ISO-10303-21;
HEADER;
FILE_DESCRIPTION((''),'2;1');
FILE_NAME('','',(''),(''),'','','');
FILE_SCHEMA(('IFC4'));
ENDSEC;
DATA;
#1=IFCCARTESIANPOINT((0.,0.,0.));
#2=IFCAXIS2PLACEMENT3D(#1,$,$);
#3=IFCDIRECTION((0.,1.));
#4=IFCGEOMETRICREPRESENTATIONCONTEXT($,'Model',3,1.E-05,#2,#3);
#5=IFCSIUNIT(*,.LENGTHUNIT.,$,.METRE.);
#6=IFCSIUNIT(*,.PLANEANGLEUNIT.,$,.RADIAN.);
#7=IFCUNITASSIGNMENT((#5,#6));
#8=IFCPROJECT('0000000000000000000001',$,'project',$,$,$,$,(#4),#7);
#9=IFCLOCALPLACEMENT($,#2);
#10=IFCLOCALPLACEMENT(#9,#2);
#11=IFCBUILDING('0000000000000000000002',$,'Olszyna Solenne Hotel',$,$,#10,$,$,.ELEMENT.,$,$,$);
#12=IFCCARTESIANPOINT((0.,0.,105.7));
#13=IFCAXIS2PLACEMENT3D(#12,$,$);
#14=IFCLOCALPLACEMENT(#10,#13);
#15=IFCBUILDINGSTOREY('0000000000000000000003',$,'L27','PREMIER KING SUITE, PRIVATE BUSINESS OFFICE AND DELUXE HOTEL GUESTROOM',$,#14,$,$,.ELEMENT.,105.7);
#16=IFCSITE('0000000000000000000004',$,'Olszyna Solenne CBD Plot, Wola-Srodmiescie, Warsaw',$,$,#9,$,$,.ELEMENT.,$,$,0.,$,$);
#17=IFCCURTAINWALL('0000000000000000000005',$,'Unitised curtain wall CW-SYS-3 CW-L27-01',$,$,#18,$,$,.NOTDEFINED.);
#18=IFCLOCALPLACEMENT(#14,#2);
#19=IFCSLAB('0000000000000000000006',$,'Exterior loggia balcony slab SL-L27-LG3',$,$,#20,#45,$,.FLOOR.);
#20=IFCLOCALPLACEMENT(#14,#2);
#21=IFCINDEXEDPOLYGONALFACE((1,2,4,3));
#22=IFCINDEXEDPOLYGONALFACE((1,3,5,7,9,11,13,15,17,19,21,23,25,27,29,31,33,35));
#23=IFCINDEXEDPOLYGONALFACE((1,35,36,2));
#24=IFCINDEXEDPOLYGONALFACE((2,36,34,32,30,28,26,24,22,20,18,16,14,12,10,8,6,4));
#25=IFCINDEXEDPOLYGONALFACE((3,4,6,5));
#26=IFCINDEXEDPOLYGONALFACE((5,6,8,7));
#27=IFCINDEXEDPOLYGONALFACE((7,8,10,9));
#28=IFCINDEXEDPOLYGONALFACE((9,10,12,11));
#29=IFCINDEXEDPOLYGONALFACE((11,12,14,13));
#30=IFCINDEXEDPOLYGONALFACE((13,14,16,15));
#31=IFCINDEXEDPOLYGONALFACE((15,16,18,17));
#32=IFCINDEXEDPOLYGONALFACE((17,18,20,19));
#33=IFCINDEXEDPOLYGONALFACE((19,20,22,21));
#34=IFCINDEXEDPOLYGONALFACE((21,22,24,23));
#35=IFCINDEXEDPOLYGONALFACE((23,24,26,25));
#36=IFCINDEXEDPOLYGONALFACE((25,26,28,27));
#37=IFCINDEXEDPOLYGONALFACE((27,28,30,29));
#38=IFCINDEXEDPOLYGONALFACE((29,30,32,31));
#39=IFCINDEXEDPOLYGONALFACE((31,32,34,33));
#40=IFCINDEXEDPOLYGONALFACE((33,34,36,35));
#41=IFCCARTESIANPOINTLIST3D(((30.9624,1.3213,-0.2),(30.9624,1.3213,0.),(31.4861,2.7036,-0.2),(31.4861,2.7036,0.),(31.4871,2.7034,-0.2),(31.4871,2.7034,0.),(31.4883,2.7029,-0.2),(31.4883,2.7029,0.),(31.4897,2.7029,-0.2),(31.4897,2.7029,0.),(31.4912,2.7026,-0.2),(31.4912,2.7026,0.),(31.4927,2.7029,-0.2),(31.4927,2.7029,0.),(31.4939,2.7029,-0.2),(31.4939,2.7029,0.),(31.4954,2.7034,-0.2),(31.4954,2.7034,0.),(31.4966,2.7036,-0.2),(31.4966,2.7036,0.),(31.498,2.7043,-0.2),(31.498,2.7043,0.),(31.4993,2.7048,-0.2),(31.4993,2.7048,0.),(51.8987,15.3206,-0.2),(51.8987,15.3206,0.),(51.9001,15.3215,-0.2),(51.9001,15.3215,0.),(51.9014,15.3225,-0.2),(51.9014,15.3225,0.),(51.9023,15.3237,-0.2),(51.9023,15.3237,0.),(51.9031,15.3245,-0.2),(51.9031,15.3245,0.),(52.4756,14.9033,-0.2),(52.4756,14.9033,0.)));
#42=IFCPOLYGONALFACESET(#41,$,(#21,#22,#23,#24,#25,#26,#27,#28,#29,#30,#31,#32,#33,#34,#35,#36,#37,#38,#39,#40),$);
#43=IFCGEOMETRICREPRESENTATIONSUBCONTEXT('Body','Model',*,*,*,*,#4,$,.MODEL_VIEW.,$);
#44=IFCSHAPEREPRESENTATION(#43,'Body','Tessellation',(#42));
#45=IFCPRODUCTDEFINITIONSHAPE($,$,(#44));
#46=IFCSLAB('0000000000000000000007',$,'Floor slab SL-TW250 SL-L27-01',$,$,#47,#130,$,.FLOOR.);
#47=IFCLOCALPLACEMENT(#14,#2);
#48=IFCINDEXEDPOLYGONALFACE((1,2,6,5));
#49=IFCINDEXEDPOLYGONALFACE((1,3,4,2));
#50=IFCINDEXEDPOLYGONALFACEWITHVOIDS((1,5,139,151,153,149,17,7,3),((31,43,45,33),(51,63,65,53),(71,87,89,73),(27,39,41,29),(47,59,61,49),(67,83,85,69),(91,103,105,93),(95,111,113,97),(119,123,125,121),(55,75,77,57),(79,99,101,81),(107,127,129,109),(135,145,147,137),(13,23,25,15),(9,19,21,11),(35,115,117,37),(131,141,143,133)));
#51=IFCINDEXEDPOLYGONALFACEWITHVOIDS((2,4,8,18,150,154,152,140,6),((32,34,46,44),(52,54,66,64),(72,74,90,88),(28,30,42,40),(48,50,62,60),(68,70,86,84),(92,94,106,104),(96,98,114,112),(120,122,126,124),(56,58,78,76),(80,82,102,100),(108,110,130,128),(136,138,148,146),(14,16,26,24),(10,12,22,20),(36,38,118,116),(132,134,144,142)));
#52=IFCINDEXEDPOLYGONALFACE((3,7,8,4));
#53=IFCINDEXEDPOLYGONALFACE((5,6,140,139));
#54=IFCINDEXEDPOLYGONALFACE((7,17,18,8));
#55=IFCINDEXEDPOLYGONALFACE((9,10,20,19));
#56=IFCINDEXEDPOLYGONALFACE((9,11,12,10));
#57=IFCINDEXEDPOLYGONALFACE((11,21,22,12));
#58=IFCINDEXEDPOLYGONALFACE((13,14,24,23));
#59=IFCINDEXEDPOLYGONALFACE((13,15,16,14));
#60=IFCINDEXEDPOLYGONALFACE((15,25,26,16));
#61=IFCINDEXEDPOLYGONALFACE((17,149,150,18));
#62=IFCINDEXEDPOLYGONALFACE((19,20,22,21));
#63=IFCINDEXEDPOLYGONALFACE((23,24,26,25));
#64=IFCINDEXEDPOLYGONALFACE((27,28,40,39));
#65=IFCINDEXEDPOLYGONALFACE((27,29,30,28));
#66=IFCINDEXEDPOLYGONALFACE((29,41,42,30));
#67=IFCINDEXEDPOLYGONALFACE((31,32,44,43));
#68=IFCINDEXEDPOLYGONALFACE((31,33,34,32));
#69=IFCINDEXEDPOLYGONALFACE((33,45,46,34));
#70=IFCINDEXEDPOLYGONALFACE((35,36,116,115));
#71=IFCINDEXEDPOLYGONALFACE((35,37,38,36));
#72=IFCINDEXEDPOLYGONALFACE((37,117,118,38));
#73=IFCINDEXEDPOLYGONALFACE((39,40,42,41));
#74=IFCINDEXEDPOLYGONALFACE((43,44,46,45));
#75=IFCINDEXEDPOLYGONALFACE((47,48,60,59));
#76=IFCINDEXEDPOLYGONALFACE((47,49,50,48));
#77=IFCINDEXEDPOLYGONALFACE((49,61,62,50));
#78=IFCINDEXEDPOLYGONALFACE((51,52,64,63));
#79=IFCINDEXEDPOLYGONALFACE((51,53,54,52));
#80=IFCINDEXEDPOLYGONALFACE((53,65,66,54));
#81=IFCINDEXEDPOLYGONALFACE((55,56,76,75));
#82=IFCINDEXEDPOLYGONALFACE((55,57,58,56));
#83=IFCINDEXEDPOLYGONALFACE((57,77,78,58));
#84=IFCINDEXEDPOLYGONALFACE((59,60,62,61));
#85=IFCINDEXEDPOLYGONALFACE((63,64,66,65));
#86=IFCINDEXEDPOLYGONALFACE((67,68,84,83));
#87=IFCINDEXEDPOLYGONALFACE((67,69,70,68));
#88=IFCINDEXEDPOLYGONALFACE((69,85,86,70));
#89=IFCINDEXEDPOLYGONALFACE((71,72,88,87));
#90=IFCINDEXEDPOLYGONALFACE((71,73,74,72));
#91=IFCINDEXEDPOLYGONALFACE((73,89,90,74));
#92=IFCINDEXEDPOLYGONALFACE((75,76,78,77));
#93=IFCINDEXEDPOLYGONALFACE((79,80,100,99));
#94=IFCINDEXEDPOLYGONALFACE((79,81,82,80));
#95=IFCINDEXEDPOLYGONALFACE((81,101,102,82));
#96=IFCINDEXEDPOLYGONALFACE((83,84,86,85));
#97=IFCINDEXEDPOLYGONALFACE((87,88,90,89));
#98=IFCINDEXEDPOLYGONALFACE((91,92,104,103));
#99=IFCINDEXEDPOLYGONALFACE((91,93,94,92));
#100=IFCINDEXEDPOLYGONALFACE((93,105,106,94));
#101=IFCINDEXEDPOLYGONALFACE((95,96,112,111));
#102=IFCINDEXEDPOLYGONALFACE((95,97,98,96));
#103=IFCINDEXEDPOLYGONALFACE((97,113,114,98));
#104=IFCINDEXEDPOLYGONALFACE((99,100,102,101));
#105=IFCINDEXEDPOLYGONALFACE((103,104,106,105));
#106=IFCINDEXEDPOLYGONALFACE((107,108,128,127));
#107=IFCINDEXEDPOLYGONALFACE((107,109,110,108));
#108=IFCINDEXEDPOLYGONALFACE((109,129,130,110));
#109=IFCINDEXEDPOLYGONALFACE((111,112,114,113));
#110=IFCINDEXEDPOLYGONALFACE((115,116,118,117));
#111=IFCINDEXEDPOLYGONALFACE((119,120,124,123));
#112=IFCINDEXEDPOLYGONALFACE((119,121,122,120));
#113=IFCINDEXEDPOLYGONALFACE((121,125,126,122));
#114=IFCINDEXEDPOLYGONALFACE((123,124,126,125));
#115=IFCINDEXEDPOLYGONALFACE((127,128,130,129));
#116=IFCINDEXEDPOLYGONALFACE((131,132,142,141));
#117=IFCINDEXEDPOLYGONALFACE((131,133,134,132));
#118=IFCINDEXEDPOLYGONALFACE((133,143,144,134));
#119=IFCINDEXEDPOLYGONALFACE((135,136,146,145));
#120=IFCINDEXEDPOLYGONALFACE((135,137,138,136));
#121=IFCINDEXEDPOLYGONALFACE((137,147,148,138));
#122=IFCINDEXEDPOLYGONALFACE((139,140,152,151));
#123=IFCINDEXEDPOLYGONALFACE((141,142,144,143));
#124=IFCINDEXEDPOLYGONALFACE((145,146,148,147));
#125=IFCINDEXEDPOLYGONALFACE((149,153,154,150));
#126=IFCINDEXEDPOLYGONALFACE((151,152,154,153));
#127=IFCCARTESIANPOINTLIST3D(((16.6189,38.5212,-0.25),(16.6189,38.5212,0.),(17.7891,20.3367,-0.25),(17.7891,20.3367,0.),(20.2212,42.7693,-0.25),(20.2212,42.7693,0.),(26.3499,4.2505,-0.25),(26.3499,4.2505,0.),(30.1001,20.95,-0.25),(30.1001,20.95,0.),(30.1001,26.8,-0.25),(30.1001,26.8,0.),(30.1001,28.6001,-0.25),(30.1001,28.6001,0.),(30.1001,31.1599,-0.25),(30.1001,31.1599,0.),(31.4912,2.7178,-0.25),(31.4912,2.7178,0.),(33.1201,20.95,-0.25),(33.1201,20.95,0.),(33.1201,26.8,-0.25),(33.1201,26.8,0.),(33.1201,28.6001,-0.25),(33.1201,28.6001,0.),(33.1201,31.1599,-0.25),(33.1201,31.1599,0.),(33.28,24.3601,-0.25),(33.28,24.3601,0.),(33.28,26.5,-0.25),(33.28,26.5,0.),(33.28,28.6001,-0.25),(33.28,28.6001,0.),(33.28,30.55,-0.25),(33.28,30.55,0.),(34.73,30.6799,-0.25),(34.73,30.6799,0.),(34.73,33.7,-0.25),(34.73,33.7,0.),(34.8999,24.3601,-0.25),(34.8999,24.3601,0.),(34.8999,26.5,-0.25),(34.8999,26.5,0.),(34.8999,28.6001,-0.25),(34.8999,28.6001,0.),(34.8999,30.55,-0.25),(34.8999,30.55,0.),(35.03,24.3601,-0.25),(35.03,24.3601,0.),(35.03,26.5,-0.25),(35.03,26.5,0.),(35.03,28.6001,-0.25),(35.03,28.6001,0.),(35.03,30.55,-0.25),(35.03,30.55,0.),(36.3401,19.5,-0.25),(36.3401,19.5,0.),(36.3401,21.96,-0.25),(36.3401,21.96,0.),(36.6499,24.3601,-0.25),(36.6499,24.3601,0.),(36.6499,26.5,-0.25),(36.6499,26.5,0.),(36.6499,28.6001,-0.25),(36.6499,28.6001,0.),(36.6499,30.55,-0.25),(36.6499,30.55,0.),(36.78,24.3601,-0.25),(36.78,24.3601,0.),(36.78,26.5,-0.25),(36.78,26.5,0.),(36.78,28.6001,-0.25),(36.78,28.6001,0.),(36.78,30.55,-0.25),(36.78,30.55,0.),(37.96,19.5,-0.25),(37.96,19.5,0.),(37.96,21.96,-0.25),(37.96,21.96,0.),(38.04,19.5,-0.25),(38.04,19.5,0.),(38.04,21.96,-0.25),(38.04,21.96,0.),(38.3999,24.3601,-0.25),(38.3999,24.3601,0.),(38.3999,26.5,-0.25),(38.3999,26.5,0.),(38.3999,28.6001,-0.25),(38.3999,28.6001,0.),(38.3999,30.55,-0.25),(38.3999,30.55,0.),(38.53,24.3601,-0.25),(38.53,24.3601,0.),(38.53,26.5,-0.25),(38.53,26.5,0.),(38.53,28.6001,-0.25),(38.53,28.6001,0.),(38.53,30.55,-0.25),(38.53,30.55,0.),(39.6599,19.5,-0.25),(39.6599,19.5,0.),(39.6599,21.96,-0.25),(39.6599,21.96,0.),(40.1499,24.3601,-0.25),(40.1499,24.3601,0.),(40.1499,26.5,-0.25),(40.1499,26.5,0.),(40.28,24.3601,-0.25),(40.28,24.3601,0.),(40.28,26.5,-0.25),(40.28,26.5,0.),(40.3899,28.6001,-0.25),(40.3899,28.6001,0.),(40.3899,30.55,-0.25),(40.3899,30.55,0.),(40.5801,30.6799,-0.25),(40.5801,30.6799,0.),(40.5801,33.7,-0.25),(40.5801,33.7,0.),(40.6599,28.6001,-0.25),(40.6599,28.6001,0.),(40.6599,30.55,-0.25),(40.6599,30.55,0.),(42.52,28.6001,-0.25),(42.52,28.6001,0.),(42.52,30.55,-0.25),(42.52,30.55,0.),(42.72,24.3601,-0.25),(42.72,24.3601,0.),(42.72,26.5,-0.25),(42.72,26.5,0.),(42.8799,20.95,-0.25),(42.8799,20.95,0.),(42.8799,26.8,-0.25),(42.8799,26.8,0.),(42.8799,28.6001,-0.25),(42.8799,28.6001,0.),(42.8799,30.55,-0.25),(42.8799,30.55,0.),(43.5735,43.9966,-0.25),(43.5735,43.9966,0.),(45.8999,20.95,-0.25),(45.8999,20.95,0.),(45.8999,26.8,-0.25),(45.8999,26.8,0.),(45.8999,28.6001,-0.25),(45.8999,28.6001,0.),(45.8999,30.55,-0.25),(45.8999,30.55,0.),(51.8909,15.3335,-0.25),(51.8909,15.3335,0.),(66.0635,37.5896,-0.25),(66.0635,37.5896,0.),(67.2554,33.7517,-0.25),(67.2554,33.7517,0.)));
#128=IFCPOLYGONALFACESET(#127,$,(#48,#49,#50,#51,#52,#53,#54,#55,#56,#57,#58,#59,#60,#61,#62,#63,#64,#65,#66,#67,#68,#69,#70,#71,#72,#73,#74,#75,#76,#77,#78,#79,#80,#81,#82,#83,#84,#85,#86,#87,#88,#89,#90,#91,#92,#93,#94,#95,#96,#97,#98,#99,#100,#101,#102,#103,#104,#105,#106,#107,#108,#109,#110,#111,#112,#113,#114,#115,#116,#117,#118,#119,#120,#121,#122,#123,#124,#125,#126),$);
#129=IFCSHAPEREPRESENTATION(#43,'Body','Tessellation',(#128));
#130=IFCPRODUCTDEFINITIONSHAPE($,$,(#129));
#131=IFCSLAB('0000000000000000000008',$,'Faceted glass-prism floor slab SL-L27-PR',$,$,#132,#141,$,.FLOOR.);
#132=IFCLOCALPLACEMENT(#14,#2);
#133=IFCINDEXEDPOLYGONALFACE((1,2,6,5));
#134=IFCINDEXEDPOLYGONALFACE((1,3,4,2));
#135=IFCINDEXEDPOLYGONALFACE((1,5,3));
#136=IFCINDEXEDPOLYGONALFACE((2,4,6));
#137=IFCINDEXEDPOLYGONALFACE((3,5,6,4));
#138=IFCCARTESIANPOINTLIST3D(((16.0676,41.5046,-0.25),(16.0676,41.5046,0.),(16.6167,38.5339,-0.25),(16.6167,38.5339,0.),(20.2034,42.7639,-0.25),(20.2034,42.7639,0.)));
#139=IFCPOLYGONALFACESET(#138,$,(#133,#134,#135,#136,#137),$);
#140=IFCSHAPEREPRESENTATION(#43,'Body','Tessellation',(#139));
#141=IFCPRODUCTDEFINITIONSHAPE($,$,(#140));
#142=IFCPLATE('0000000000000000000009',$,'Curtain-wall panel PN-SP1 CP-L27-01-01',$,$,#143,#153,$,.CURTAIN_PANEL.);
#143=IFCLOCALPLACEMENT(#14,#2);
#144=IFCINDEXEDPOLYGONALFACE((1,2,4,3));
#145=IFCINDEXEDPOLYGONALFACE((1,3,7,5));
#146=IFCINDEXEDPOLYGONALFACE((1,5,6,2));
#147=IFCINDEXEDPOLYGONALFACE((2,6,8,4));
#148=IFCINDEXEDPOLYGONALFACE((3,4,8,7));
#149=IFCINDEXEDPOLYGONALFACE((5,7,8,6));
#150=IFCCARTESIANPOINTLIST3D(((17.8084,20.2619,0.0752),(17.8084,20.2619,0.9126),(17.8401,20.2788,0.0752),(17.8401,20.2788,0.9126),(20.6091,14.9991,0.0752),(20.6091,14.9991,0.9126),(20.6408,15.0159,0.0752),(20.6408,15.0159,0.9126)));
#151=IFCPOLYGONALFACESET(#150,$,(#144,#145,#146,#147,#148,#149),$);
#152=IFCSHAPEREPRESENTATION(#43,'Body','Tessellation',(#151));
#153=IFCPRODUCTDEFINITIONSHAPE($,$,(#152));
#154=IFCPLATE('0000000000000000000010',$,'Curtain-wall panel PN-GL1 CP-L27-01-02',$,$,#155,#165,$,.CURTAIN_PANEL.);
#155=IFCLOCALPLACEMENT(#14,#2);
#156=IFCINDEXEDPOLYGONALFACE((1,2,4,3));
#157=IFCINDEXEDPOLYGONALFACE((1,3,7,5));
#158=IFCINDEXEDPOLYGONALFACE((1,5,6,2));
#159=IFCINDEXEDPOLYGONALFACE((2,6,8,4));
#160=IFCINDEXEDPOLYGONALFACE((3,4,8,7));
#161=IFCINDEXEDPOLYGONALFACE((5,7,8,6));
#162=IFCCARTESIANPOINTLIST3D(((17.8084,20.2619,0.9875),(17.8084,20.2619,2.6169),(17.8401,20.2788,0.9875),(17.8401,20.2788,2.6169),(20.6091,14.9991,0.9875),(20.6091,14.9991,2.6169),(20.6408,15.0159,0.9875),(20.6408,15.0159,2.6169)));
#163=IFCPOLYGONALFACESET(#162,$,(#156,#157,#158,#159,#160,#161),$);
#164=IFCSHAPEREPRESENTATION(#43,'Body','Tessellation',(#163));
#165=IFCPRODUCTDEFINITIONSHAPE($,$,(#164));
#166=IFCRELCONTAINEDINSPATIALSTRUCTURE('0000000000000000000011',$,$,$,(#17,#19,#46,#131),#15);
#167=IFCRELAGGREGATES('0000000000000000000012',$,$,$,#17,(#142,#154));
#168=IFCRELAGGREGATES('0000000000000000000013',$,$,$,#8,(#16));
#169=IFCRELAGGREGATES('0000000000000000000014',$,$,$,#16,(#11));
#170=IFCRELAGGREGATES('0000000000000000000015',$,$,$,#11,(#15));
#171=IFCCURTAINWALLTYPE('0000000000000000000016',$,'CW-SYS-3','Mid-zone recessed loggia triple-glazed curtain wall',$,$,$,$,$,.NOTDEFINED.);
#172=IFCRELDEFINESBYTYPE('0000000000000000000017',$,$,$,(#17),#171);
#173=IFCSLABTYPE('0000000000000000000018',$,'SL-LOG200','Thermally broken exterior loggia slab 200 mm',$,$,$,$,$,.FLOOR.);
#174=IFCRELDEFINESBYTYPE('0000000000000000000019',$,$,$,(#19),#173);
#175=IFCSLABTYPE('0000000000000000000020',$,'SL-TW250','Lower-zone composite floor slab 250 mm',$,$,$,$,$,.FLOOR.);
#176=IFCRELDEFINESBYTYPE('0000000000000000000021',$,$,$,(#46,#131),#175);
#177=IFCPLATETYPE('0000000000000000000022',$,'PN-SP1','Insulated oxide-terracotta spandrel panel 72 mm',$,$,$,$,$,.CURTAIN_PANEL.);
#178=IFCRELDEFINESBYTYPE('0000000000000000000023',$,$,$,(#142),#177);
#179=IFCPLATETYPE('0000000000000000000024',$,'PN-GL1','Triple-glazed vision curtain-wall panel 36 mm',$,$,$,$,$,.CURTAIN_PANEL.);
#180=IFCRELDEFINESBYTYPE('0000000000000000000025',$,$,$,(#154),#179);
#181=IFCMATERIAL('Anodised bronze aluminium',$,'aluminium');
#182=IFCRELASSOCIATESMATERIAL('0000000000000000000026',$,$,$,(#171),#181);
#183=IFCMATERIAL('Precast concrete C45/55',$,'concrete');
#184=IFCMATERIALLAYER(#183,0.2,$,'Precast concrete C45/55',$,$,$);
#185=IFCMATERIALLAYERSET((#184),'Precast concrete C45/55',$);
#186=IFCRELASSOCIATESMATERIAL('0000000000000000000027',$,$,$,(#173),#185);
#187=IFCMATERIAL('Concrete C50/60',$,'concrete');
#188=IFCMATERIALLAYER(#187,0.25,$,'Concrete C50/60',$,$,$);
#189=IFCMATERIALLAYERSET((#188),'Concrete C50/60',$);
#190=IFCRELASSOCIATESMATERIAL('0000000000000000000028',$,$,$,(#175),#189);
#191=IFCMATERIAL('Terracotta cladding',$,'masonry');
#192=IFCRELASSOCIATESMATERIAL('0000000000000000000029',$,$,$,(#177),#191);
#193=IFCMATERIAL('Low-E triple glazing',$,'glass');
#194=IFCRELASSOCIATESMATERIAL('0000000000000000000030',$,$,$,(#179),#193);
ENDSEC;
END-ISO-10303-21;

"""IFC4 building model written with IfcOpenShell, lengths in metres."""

from ifc_helpers import new_model, si_unit, direction, frame, origin, origin_2d, place, context, subcontext, project, spatial, polyline, rectangle, outline, extrude, source, transform, mapped, material, layer, layer_set, type_object, element, aggregate, save


model = new_model("IFC4")

# Units and contexts
model_context = context("Model", 3, precision=1e-05, world=origin(), true_north=direction((0.0, 1.0)))
body_context = subcontext(model_context, "Body", "Model", "MODEL_VIEW")
ifc_project = project(units=[si_unit("LENGTHUNIT", "METRE"), si_unit("PLANEANGLEUNIT", "RADIAN")], contexts=[model_context])

# Site, building, storey
site_placement = place(None, origin())
site = spatial("IfcSite", under=ifc_project, at=site_placement, Name="Olszyna Solenne CBD Plot, Wola-Srodmiescie, Warsaw", CompositionType="ELEMENT", RefElevation=0.0)
building_placement = place(site_placement, origin())
building = spatial("IfcBuilding", under=site, at=building_placement, Name="Olszyna Solenne Hotel", CompositionType="ELEMENT")
storey_placement = place(building_placement, frame((0.0, 0.0, 105.7)))
storey = spatial("IfcBuildingStorey", under=building, at=storey_placement, Name="L27", Description="PREMIER KING SUITE, PRIVATE BUSINESS OFFICE AND DELUXE HOTEL GUESTROOM", CompositionType="ELEMENT", Elevation=105.7)

# Curtain wall
ifc_material_1 = material(Name="Anodised bronze aluminium", Category="aluminium")
curtain_wall_type = type_object("IfcCurtainWallType", Name="CW-SYS-3", Description="Mid-zone recessed loggia triple-glazed curtain wall", PredefinedType="NOTDEFINED", material=ifc_material_1)
curtain_wall_placement = place(storey_placement, origin())
curtain_wall = element("IfcCurtainWall", 1, at=curtain_wall_placement, inside=storey, type_object=curtain_wall_type, Name="Unitised curtain wall CW-SYS-3 CW-L27-01", PredefinedType="NOTDEFINED")

# Slabs
ifc_material_2 = material(Name="Precast concrete C45/55", Category="concrete")
ifc_layer_1 = layer(ifc_material_2, 0.2, Name="Precast concrete C45/55")
ifc_layer_set_1 = layer_set([ifc_layer_1], Name="Precast concrete C45/55")
slab_type_1 = type_object("IfcSlabType", Name="SL-LOG200", Description="Thermally broken exterior loggia slab 200 mm", PredefinedType="FLOOR", material=ifc_layer_set_1)
slab_1_placement = place(storey_placement, frame((0.0, 0.0, -0.2)))
element("IfcSlab", 2, at=slab_1_placement, inside=storey, type_object=slab_type_1, Name="Exterior loggia balcony slab SL-L27-LG3", PredefinedType="FLOOR", context=body_context, shape_type="SweptSolid", body=[
    extrude(outline(polyline([(51.9031, 15.3245), (51.9023, 15.3237), (51.9014, 15.3225), (51.9001, 15.3215), (51.8987, 15.3206), (31.4993, 2.7048), (31.498, 2.7043), (31.4966, 2.7036), (31.4954, 2.7034), (31.4939, 2.7029), (31.4927, 2.7029), (31.4912, 2.7026), (31.4897, 2.7029), (31.4883, 2.7029), (31.4871, 2.7034), (31.4861, 2.7036), (30.9624, 1.3213), (52.4756, 14.9033), (51.9031, 15.3245)])), origin(), (0.0, 0.0, 1.0), 0.2),
])
ifc_material_3 = material(Name="Concrete C50/60", Category="concrete")
ifc_layer_2 = layer(ifc_material_3, 0.25, Name="Concrete C50/60")
ifc_layer_set_2 = layer_set([ifc_layer_2], Name="Concrete C50/60")
slab_type_2 = type_object("IfcSlabType", Name="SL-TW250", Description="Lower-zone composite floor slab 250 mm", PredefinedType="FLOOR", material=ifc_layer_set_2)
slab_2_placement = place(storey_placement, frame((0.0, 0.0, -0.25)))
element("IfcSlab", 3, at=slab_2_placement, inside=storey, type_object=slab_type_2, Name="Floor slab SL-TW250 SL-L27-01", PredefinedType="FLOOR", context=body_context, shape_type="SweptSolid", body=[
    extrude(outline(polyline([(67.2554, 33.7517), (66.0635, 37.5896), (43.5735, 43.9966), (20.2212, 42.7693), (16.6189, 38.5212), (17.7891, 20.3367), (26.3499, 4.2505), (31.4912, 2.7178), (51.8909, 15.3335), (67.2554, 33.7517)]), holes=[polyline([(30.1001, 20.95), (33.1201, 20.95), (33.1201, 26.8), (30.1001, 26.8), (30.1001, 20.95)]), polyline([(42.8799, 20.95), (45.8999, 20.95), (45.8999, 26.8), (42.8799, 26.8), (42.8799, 20.95)]), polyline([(34.73, 30.6799), (40.5801, 30.6799), (40.5801, 33.7), (34.73, 33.7), (34.73, 30.6799)]), polyline([(36.3401, 19.5), (37.96, 19.5), (37.96, 21.96), (36.3401, 21.96), (36.3401, 19.5)]), polyline([(38.04, 19.5), (39.6599, 19.5), (39.6599, 21.96), (38.04, 21.96), (38.04, 19.5)]), polyline([(30.1001, 28.6001), (33.1201, 28.6001), (33.1201, 31.1599), (30.1001, 31.1599), (30.1001, 28.6001)]), polyline([(33.28, 24.3601), (34.8999, 24.3601), (34.8999, 26.5), (33.28, 26.5), (33.28, 24.3601)]), polyline([(35.03, 24.3601), (36.6499, 24.3601), (36.6499, 26.5), (35.03, 26.5), (35.03, 24.3601)]), polyline([(36.78, 24.3601), (38.3999, 24.3601), (38.3999, 26.5), (36.78, 26.5), (36.78, 24.3601)]), polyline([(38.53, 24.3601), (40.1499, 24.3601), (40.1499, 26.5), (38.53, 26.5), (38.53, 24.3601)]), polyline([(40.28, 24.3601), (42.72, 24.3601), (42.72, 26.5), (40.28, 26.5), (40.28, 24.3601)]), polyline([(33.28, 28.6001), (34.8999, 28.6001), (34.8999, 30.55), (33.28, 30.55), (33.28, 28.6001)]), polyline([(35.03, 28.6001), (36.6499, 28.6001), (36.6499, 30.55), (35.03, 30.55), (35.03, 28.6001)]), polyline([(36.78, 28.6001), (38.3999, 28.6001), (38.3999, 30.55), (36.78, 30.55), (36.78, 28.6001)]), polyline([(38.53, 28.6001), (40.3899, 28.6001), (40.3899, 30.55), (38.53, 30.55), (38.53, 28.6001)]), polyline([(40.6599, 28.6001), (42.52, 28.6001), (42.52, 30.55), (40.6599, 30.55), (40.6599, 28.6001)]), polyline([(42.8799, 28.6001), (45.8999, 28.6001), (45.8999, 30.55), (42.8799, 30.55), (42.8799, 28.6001)])]), origin(), (0.0, 0.0, 1.0), 0.25),
])
slab_3_placement = place(storey_placement, frame((0.0, 0.0, -0.25)))
element("IfcSlab", 4, at=slab_3_placement, inside=storey, type_object=slab_type_2, Name="Faceted glass-prism floor slab SL-L27-PR", PredefinedType="FLOOR", context=body_context, shape_type="SweptSolid", body=[
    extrude(outline(polyline([(16.6167, 38.5339), (20.2034, 42.7639), (16.0676, 41.5046), (16.6167, 38.5339)])), origin(), (0.0, 0.0, 1.0), 0.25),
])

# Plates
ifc_material_4 = material(Name="Terracotta cladding", Category="masonry")
plate_type_1 = type_object("IfcPlateType", Name="PN-SP1", Description="Insulated oxide-terracotta spandrel panel 72 mm", PredefinedType="CURTAIN_PANEL", material=ifc_material_4)
shared_shape_1 = source(origin(), body_context, "Body", "SweptSolid", [
    extrude(rectangle(XDim=5.9617, YDim=0.0359, at=origin_2d()), origin(), (0.0, 0.0, 1.0), 0.8374),
])
plate_1_placement = place(storey_placement, frame((19.2246, 17.6389, 0.0752), z_axis=(0.0, 0.0, 1.0), x_axis=(0.469793, -0.882777, 0.0)))
plate_1 = element("IfcPlate", 5, at=plate_1_placement, type_object=plate_type_1, Name="Curtain-wall panel PN-SP1 CP-L27-01-01", PredefinedType="CURTAIN_PANEL", context=body_context, shape_type="MappedRepresentation", body=[
    mapped(shared_shape_1, transform((0.0, 0.0, 0.0), x_axis=(1.0, 0.0, 0.0), y_axis=(0.0, 1.0, 0.0), z_axis=(0.0, 0.0, 1.0), scale=1.0)),
])
ifc_material_5 = material(Name="Low-E triple glazing", Category="glass")
plate_type_2 = type_object("IfcPlateType", Name="PN-GL1", Description="Triple-glazed vision curtain-wall panel 36 mm", PredefinedType="CURTAIN_PANEL", material=ifc_material_5)
shared_shape_2 = source(origin(), body_context, "Body", "SweptSolid", [
    extrude(rectangle(XDim=5.9617, YDim=0.0359, at=origin_2d()), origin(), (0.0, 0.0, 1.0), 1.6294),
])
plate_2_placement = place(storey_placement, frame((19.2246, 17.6389, 0.9875), z_axis=(0.0, 0.0, 1.0), x_axis=(0.469793, -0.882777, 0.0)))
plate_2 = element("IfcPlate", 6, at=plate_2_placement, type_object=plate_type_2, Name="Curtain-wall panel PN-GL1 CP-L27-01-02", PredefinedType="CURTAIN_PANEL", context=body_context, shape_type="MappedRepresentation", body=[
    mapped(shared_shape_2, transform((0.0, 0.0, 0.0), x_axis=(1.0, 0.0, 0.0), y_axis=(0.0, 1.0, 0.0), z_axis=(0.0, 0.0, 1.0), scale=1.0)),
])
aggregate(curtain_wall, [plate_1, plate_2])

save(model, "model.ifc")
